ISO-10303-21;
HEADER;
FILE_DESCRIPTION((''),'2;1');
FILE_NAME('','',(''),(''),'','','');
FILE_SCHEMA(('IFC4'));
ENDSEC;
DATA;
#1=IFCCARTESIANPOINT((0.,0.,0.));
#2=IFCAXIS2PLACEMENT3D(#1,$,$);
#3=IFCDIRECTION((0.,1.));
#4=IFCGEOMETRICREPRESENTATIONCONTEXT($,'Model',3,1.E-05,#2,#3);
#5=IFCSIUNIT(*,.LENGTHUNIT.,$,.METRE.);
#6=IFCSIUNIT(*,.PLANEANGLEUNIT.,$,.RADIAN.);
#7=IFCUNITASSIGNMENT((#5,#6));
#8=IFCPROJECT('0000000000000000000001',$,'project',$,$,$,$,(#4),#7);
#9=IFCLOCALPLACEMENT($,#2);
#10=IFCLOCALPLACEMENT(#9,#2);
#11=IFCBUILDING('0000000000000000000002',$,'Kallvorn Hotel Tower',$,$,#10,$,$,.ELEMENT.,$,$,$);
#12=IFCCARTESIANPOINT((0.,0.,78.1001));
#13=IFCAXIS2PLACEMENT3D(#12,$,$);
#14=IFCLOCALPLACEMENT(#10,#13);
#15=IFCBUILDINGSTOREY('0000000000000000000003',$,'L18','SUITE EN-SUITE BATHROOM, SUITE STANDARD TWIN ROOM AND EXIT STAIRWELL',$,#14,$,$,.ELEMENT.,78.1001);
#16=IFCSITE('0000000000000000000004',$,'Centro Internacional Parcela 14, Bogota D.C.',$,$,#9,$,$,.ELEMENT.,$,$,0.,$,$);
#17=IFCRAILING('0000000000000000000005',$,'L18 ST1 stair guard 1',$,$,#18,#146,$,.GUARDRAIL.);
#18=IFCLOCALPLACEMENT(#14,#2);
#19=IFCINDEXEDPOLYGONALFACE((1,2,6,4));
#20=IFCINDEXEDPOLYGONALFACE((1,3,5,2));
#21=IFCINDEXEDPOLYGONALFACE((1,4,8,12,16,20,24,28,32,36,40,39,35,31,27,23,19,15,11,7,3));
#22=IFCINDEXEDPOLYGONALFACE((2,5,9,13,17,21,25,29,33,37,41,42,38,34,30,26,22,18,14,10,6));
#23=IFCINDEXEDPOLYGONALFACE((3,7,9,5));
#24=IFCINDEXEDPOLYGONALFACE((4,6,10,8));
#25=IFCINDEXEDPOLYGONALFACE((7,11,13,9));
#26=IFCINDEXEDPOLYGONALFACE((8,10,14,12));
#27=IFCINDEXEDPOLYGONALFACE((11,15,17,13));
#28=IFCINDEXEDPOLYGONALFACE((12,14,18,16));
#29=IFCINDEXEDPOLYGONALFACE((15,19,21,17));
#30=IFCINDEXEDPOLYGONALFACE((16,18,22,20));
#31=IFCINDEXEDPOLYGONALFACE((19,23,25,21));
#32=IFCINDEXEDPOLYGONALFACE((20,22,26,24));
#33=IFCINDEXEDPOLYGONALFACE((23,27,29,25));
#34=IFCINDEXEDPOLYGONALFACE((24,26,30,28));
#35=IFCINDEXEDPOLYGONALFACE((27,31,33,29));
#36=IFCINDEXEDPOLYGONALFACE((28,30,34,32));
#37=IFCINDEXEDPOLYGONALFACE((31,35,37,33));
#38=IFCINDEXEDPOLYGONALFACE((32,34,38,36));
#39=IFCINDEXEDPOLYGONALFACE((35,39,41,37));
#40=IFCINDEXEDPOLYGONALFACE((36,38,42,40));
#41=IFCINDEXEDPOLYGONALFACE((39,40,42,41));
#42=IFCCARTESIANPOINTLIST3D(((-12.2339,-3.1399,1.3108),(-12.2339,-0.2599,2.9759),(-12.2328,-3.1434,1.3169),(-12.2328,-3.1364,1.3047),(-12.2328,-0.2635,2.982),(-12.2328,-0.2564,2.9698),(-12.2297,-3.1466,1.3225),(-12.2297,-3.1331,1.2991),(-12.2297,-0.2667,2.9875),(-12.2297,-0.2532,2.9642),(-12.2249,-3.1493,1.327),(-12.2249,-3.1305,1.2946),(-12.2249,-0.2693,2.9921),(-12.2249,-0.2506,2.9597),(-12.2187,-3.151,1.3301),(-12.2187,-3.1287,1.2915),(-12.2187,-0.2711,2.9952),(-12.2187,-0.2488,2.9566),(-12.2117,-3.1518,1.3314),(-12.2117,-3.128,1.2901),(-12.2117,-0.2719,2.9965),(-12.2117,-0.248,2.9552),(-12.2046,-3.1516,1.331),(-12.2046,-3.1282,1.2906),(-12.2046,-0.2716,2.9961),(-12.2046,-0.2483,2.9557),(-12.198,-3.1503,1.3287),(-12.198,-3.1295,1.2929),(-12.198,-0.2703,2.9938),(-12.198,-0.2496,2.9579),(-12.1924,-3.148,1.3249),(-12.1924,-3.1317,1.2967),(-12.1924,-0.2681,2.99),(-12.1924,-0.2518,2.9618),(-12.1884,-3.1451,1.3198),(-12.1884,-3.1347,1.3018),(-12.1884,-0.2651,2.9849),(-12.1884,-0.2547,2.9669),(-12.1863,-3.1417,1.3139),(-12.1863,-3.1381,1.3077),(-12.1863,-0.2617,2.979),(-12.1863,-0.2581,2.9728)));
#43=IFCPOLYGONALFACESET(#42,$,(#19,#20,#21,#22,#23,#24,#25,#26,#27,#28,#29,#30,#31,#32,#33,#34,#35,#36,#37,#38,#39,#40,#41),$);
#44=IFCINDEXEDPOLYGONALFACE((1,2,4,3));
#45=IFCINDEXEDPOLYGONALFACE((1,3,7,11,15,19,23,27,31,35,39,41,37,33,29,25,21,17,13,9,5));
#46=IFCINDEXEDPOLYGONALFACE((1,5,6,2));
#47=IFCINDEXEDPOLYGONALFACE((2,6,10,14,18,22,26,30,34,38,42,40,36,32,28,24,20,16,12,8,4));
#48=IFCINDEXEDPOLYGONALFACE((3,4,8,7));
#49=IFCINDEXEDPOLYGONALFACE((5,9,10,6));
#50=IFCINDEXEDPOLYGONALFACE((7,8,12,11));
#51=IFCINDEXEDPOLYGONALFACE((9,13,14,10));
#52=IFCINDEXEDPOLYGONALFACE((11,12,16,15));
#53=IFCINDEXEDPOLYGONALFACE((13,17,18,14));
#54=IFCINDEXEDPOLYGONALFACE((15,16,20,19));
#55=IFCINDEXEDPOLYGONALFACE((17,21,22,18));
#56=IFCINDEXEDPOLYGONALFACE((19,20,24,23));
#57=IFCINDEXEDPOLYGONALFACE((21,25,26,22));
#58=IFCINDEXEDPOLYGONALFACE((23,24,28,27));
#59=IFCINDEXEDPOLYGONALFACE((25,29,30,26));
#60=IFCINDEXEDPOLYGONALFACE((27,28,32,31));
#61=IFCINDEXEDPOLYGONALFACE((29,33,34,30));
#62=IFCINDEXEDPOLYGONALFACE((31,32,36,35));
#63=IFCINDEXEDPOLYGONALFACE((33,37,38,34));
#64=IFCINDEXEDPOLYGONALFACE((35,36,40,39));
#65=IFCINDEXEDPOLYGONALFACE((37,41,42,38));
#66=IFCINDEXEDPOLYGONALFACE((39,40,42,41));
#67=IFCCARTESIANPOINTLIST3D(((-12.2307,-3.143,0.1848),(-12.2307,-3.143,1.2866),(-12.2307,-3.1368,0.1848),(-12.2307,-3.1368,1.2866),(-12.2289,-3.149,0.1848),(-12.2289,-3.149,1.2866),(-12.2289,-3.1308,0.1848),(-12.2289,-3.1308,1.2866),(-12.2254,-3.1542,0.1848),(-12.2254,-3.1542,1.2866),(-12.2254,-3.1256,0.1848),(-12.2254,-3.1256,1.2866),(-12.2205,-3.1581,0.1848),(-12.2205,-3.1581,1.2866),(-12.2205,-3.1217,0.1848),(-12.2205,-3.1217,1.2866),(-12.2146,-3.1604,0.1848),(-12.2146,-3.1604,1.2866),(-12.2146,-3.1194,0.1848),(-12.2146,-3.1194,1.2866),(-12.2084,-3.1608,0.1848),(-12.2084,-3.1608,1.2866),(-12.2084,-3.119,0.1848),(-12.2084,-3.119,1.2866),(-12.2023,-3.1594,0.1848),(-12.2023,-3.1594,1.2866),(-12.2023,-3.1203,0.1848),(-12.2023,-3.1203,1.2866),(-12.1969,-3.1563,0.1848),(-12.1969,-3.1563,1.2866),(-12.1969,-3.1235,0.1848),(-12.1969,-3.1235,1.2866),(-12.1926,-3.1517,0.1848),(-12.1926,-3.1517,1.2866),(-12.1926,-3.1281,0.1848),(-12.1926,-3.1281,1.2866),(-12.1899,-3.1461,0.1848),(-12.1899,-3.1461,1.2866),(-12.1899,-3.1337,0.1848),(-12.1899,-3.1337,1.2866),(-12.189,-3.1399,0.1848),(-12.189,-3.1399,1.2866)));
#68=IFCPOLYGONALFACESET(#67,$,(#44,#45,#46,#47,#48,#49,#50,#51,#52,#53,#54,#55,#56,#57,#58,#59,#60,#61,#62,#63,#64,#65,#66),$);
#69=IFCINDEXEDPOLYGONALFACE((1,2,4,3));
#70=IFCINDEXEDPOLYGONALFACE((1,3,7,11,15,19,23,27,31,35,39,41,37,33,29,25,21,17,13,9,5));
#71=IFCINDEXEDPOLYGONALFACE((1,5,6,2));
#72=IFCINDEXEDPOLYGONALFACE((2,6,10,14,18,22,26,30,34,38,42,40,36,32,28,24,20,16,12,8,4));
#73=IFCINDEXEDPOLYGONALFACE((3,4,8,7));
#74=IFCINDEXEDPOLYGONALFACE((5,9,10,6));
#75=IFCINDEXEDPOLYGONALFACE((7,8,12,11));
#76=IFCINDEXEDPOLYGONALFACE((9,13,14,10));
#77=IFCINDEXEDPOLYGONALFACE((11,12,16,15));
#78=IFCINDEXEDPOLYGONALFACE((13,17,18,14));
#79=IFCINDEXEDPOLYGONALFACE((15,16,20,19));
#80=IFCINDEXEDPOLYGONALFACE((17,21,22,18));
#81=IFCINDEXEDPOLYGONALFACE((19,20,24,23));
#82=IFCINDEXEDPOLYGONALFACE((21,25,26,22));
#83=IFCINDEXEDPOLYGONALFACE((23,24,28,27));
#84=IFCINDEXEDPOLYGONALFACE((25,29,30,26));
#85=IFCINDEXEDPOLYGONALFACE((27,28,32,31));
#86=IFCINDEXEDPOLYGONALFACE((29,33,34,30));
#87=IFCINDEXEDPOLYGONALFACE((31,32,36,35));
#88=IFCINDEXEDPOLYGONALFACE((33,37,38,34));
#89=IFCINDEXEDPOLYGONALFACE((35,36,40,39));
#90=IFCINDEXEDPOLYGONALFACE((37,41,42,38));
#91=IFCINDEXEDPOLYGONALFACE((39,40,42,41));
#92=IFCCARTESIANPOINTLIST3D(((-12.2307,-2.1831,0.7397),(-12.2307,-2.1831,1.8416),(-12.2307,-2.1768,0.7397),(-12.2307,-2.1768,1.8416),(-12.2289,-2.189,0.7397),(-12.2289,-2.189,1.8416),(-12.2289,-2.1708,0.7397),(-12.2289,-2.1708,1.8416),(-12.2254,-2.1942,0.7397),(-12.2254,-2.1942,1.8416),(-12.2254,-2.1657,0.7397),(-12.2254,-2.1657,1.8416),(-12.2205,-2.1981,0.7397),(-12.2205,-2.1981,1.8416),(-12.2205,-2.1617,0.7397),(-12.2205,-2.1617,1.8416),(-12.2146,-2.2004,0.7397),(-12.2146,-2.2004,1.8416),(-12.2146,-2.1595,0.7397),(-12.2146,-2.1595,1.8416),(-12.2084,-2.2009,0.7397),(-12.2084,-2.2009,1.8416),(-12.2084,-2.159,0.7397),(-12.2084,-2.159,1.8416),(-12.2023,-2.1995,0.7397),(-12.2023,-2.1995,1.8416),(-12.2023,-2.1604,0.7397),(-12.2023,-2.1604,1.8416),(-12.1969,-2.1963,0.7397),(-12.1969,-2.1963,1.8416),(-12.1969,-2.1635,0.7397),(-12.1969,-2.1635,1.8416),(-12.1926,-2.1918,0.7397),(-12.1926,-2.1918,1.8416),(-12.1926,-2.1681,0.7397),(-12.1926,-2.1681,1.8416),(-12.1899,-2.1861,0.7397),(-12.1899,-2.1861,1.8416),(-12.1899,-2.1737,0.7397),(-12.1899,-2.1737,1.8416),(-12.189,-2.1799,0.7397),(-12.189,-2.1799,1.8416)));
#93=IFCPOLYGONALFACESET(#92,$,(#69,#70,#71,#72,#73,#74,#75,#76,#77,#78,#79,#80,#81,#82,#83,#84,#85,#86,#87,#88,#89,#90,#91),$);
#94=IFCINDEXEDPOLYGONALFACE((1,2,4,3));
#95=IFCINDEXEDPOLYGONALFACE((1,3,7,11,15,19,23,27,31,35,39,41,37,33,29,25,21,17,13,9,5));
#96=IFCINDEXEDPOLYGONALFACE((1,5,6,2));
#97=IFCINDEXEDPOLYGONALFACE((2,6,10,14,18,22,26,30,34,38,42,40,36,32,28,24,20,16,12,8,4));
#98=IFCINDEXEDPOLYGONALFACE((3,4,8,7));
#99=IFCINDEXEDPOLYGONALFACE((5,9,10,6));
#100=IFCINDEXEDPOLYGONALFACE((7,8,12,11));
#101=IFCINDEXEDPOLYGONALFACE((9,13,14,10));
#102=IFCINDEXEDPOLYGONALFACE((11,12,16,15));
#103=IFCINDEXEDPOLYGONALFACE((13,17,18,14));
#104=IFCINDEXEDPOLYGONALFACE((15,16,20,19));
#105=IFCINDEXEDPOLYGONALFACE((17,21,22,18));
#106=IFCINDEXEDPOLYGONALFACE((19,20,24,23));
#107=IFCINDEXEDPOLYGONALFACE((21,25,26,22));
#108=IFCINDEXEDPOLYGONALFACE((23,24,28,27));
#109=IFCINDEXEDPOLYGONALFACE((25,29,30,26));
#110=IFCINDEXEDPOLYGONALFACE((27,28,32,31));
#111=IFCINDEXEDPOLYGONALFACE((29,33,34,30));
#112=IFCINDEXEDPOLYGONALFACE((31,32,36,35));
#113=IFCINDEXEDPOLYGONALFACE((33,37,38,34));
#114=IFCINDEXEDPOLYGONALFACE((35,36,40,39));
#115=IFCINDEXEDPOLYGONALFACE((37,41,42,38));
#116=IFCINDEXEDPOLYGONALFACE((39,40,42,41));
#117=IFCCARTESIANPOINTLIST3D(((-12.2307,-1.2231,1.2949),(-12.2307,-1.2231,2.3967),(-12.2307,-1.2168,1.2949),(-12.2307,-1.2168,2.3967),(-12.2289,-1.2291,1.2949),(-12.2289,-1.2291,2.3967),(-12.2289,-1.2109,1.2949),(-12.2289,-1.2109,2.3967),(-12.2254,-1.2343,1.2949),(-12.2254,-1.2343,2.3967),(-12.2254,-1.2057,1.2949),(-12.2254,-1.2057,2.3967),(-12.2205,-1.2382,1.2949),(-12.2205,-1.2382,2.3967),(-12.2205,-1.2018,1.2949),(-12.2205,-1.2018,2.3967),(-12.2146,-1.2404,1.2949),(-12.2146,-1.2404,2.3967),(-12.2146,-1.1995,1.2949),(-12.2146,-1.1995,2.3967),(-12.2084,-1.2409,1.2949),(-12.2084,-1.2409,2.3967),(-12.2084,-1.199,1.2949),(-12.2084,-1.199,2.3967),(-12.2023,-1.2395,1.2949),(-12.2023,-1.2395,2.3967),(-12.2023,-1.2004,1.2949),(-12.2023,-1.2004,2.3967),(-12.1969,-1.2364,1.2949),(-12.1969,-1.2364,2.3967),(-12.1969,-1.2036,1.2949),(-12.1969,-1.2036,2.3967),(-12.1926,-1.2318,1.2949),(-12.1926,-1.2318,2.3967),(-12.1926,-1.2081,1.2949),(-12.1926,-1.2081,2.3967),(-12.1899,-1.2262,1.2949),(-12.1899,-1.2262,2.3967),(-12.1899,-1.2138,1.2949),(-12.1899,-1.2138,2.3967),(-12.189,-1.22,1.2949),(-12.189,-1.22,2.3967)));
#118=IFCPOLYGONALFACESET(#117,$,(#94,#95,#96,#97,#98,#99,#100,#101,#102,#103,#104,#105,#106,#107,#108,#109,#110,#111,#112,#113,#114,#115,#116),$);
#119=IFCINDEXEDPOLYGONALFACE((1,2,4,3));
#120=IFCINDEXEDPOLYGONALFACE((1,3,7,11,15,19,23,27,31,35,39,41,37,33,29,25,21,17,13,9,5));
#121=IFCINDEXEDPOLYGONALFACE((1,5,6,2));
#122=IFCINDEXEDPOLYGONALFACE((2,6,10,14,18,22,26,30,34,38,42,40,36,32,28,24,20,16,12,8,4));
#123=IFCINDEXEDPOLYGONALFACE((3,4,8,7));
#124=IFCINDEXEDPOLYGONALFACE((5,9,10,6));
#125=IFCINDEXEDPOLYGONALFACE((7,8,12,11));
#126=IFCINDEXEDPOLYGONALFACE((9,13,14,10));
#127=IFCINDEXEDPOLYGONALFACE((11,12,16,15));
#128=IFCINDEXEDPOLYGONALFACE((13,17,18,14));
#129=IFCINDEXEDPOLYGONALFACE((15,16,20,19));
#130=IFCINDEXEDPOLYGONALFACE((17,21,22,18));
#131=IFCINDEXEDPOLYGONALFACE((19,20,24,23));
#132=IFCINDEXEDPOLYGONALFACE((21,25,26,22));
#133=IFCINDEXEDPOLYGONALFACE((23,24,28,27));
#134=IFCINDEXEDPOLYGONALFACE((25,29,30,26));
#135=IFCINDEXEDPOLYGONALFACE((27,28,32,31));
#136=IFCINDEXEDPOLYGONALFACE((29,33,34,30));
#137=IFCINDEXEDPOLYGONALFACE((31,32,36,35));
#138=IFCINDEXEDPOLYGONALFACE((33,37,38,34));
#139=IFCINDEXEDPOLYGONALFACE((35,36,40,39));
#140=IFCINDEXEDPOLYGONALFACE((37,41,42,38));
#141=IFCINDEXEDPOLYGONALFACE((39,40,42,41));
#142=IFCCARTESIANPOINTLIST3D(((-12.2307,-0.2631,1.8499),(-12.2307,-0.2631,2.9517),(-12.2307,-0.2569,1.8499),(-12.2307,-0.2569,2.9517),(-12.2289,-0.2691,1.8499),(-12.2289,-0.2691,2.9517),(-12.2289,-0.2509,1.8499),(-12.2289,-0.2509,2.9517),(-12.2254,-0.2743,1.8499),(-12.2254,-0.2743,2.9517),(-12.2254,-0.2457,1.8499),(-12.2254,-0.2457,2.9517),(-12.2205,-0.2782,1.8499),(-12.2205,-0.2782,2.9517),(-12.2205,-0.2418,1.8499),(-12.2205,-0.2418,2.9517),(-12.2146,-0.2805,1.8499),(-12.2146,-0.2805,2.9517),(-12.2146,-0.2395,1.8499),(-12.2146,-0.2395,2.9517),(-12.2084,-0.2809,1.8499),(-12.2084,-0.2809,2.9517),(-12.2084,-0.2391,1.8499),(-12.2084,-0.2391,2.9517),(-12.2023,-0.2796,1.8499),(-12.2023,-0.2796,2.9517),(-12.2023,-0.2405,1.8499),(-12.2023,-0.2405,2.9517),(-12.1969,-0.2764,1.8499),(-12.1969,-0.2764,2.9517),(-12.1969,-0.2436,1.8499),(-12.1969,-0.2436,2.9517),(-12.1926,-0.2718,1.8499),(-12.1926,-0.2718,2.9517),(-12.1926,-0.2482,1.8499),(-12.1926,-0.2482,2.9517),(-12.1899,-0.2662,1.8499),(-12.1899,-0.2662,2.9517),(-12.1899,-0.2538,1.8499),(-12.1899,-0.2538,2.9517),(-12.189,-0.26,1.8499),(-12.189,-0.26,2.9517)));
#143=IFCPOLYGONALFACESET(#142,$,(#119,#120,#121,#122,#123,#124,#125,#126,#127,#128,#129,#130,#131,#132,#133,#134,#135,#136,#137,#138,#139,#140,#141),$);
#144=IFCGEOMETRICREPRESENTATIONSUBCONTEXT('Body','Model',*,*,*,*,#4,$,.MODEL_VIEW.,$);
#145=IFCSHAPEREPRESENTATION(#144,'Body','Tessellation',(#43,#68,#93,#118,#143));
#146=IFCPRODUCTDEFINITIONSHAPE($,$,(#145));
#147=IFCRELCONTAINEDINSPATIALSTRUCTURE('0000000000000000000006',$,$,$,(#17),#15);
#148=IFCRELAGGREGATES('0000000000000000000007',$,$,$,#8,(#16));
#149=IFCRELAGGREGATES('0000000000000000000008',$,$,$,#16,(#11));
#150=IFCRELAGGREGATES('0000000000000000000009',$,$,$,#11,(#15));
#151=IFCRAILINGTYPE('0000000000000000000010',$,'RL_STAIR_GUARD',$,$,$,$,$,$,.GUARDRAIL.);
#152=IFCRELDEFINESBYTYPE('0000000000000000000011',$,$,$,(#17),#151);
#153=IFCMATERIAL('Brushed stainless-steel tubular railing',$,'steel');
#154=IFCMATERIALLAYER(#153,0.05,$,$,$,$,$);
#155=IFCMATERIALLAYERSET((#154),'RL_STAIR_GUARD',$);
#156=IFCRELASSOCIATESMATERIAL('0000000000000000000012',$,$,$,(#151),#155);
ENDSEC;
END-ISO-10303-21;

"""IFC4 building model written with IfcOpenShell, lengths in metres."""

from ifc_helpers import new_model, si_unit, direction, frame, origin, origin_2d, place, context, subcontext, project, spatial, circle, extrude, material, layer, layer_set, type_object, element, save


model = new_model("IFC4")

# Units and contexts
model_context = context("Model", 3, precision=1e-05, world=origin(), true_north=direction((0.0, 1.0)))
body_context = subcontext(model_context, "Body", "Model", "MODEL_VIEW")
ifc_project = project(units=[si_unit("LENGTHUNIT", "METRE"), si_unit("PLANEANGLEUNIT", "RADIAN")], contexts=[model_context])

# Site, building, storey
site_placement = place(None, origin())
site = spatial("IfcSite", under=ifc_project, at=site_placement, Name="Centro Internacional Parcela 14, Bogota D.C.", CompositionType="ELEMENT", RefElevation=0.0)
building_placement = place(site_placement, origin())
building = spatial("IfcBuilding", under=site, at=building_placement, Name="Kallvorn Hotel Tower", CompositionType="ELEMENT")
storey_placement = place(building_placement, frame((0.0, 0.0, 78.1001)))
storey = spatial("IfcBuildingStorey", under=building, at=storey_placement, Name="L18", Description="SUITE EN-SUITE BATHROOM, SUITE STANDARD TWIN ROOM AND EXIT STAIRWELL", CompositionType="ELEMENT", Elevation=78.1001)

# Railing
ifc_material_1 = material(Name="Brushed stainless-steel tubular railing", Category="steel")
ifc_layer_1 = layer(ifc_material_1, 0.05)
ifc_layer_set_1 = layer_set([ifc_layer_1], Name="RL_STAIR_GUARD")
railing_type_1 = type_object("IfcRailingType", Name="RL_STAIR_GUARD", PredefinedType="GUARDRAIL", material=ifc_layer_set_1)
railing_1_placement = place(storey_placement, frame((-12.21, -3.1399, 0.1848)))
element("IfcRailing", 1, at=railing_1_placement, inside=storey, type_object=railing_type_1, Name="L18 ST1 stair guard 1", PredefinedType="GUARDRAIL", context=body_context, shape_type="SweptSolid", body=[
    extrude(circle(Radius=0.0239, at=origin_2d()), frame((0.0, 0.0, 1.126), z_axis=(0.0, 0.865721, 0.500527), x_axis=(-1.0, 0.0, 0.0)), (0.0, 0.0, 1.0), 3.3267),
    extrude(circle(Radius=0.021, at=origin_2d()), origin(), (0.0, 0.0, 1.0), 1.1018),
    extrude(circle(Radius=0.021, at=origin_2d()), frame((0.0, 0.96, 0.5549)), (0.0, 0.0, 1.0), 1.1018),
    extrude(circle(Radius=0.021, at=origin_2d()), frame((0.0, 1.9199, 1.1101)), (0.0, 0.0, 1.0), 1.1018),
    extrude(circle(Radius=0.021, at=origin_2d()), frame((0.0, 2.8799, 1.665)), (0.0, 0.0, 1.0), 1.1018),
])

save(model, "model.ifc")
